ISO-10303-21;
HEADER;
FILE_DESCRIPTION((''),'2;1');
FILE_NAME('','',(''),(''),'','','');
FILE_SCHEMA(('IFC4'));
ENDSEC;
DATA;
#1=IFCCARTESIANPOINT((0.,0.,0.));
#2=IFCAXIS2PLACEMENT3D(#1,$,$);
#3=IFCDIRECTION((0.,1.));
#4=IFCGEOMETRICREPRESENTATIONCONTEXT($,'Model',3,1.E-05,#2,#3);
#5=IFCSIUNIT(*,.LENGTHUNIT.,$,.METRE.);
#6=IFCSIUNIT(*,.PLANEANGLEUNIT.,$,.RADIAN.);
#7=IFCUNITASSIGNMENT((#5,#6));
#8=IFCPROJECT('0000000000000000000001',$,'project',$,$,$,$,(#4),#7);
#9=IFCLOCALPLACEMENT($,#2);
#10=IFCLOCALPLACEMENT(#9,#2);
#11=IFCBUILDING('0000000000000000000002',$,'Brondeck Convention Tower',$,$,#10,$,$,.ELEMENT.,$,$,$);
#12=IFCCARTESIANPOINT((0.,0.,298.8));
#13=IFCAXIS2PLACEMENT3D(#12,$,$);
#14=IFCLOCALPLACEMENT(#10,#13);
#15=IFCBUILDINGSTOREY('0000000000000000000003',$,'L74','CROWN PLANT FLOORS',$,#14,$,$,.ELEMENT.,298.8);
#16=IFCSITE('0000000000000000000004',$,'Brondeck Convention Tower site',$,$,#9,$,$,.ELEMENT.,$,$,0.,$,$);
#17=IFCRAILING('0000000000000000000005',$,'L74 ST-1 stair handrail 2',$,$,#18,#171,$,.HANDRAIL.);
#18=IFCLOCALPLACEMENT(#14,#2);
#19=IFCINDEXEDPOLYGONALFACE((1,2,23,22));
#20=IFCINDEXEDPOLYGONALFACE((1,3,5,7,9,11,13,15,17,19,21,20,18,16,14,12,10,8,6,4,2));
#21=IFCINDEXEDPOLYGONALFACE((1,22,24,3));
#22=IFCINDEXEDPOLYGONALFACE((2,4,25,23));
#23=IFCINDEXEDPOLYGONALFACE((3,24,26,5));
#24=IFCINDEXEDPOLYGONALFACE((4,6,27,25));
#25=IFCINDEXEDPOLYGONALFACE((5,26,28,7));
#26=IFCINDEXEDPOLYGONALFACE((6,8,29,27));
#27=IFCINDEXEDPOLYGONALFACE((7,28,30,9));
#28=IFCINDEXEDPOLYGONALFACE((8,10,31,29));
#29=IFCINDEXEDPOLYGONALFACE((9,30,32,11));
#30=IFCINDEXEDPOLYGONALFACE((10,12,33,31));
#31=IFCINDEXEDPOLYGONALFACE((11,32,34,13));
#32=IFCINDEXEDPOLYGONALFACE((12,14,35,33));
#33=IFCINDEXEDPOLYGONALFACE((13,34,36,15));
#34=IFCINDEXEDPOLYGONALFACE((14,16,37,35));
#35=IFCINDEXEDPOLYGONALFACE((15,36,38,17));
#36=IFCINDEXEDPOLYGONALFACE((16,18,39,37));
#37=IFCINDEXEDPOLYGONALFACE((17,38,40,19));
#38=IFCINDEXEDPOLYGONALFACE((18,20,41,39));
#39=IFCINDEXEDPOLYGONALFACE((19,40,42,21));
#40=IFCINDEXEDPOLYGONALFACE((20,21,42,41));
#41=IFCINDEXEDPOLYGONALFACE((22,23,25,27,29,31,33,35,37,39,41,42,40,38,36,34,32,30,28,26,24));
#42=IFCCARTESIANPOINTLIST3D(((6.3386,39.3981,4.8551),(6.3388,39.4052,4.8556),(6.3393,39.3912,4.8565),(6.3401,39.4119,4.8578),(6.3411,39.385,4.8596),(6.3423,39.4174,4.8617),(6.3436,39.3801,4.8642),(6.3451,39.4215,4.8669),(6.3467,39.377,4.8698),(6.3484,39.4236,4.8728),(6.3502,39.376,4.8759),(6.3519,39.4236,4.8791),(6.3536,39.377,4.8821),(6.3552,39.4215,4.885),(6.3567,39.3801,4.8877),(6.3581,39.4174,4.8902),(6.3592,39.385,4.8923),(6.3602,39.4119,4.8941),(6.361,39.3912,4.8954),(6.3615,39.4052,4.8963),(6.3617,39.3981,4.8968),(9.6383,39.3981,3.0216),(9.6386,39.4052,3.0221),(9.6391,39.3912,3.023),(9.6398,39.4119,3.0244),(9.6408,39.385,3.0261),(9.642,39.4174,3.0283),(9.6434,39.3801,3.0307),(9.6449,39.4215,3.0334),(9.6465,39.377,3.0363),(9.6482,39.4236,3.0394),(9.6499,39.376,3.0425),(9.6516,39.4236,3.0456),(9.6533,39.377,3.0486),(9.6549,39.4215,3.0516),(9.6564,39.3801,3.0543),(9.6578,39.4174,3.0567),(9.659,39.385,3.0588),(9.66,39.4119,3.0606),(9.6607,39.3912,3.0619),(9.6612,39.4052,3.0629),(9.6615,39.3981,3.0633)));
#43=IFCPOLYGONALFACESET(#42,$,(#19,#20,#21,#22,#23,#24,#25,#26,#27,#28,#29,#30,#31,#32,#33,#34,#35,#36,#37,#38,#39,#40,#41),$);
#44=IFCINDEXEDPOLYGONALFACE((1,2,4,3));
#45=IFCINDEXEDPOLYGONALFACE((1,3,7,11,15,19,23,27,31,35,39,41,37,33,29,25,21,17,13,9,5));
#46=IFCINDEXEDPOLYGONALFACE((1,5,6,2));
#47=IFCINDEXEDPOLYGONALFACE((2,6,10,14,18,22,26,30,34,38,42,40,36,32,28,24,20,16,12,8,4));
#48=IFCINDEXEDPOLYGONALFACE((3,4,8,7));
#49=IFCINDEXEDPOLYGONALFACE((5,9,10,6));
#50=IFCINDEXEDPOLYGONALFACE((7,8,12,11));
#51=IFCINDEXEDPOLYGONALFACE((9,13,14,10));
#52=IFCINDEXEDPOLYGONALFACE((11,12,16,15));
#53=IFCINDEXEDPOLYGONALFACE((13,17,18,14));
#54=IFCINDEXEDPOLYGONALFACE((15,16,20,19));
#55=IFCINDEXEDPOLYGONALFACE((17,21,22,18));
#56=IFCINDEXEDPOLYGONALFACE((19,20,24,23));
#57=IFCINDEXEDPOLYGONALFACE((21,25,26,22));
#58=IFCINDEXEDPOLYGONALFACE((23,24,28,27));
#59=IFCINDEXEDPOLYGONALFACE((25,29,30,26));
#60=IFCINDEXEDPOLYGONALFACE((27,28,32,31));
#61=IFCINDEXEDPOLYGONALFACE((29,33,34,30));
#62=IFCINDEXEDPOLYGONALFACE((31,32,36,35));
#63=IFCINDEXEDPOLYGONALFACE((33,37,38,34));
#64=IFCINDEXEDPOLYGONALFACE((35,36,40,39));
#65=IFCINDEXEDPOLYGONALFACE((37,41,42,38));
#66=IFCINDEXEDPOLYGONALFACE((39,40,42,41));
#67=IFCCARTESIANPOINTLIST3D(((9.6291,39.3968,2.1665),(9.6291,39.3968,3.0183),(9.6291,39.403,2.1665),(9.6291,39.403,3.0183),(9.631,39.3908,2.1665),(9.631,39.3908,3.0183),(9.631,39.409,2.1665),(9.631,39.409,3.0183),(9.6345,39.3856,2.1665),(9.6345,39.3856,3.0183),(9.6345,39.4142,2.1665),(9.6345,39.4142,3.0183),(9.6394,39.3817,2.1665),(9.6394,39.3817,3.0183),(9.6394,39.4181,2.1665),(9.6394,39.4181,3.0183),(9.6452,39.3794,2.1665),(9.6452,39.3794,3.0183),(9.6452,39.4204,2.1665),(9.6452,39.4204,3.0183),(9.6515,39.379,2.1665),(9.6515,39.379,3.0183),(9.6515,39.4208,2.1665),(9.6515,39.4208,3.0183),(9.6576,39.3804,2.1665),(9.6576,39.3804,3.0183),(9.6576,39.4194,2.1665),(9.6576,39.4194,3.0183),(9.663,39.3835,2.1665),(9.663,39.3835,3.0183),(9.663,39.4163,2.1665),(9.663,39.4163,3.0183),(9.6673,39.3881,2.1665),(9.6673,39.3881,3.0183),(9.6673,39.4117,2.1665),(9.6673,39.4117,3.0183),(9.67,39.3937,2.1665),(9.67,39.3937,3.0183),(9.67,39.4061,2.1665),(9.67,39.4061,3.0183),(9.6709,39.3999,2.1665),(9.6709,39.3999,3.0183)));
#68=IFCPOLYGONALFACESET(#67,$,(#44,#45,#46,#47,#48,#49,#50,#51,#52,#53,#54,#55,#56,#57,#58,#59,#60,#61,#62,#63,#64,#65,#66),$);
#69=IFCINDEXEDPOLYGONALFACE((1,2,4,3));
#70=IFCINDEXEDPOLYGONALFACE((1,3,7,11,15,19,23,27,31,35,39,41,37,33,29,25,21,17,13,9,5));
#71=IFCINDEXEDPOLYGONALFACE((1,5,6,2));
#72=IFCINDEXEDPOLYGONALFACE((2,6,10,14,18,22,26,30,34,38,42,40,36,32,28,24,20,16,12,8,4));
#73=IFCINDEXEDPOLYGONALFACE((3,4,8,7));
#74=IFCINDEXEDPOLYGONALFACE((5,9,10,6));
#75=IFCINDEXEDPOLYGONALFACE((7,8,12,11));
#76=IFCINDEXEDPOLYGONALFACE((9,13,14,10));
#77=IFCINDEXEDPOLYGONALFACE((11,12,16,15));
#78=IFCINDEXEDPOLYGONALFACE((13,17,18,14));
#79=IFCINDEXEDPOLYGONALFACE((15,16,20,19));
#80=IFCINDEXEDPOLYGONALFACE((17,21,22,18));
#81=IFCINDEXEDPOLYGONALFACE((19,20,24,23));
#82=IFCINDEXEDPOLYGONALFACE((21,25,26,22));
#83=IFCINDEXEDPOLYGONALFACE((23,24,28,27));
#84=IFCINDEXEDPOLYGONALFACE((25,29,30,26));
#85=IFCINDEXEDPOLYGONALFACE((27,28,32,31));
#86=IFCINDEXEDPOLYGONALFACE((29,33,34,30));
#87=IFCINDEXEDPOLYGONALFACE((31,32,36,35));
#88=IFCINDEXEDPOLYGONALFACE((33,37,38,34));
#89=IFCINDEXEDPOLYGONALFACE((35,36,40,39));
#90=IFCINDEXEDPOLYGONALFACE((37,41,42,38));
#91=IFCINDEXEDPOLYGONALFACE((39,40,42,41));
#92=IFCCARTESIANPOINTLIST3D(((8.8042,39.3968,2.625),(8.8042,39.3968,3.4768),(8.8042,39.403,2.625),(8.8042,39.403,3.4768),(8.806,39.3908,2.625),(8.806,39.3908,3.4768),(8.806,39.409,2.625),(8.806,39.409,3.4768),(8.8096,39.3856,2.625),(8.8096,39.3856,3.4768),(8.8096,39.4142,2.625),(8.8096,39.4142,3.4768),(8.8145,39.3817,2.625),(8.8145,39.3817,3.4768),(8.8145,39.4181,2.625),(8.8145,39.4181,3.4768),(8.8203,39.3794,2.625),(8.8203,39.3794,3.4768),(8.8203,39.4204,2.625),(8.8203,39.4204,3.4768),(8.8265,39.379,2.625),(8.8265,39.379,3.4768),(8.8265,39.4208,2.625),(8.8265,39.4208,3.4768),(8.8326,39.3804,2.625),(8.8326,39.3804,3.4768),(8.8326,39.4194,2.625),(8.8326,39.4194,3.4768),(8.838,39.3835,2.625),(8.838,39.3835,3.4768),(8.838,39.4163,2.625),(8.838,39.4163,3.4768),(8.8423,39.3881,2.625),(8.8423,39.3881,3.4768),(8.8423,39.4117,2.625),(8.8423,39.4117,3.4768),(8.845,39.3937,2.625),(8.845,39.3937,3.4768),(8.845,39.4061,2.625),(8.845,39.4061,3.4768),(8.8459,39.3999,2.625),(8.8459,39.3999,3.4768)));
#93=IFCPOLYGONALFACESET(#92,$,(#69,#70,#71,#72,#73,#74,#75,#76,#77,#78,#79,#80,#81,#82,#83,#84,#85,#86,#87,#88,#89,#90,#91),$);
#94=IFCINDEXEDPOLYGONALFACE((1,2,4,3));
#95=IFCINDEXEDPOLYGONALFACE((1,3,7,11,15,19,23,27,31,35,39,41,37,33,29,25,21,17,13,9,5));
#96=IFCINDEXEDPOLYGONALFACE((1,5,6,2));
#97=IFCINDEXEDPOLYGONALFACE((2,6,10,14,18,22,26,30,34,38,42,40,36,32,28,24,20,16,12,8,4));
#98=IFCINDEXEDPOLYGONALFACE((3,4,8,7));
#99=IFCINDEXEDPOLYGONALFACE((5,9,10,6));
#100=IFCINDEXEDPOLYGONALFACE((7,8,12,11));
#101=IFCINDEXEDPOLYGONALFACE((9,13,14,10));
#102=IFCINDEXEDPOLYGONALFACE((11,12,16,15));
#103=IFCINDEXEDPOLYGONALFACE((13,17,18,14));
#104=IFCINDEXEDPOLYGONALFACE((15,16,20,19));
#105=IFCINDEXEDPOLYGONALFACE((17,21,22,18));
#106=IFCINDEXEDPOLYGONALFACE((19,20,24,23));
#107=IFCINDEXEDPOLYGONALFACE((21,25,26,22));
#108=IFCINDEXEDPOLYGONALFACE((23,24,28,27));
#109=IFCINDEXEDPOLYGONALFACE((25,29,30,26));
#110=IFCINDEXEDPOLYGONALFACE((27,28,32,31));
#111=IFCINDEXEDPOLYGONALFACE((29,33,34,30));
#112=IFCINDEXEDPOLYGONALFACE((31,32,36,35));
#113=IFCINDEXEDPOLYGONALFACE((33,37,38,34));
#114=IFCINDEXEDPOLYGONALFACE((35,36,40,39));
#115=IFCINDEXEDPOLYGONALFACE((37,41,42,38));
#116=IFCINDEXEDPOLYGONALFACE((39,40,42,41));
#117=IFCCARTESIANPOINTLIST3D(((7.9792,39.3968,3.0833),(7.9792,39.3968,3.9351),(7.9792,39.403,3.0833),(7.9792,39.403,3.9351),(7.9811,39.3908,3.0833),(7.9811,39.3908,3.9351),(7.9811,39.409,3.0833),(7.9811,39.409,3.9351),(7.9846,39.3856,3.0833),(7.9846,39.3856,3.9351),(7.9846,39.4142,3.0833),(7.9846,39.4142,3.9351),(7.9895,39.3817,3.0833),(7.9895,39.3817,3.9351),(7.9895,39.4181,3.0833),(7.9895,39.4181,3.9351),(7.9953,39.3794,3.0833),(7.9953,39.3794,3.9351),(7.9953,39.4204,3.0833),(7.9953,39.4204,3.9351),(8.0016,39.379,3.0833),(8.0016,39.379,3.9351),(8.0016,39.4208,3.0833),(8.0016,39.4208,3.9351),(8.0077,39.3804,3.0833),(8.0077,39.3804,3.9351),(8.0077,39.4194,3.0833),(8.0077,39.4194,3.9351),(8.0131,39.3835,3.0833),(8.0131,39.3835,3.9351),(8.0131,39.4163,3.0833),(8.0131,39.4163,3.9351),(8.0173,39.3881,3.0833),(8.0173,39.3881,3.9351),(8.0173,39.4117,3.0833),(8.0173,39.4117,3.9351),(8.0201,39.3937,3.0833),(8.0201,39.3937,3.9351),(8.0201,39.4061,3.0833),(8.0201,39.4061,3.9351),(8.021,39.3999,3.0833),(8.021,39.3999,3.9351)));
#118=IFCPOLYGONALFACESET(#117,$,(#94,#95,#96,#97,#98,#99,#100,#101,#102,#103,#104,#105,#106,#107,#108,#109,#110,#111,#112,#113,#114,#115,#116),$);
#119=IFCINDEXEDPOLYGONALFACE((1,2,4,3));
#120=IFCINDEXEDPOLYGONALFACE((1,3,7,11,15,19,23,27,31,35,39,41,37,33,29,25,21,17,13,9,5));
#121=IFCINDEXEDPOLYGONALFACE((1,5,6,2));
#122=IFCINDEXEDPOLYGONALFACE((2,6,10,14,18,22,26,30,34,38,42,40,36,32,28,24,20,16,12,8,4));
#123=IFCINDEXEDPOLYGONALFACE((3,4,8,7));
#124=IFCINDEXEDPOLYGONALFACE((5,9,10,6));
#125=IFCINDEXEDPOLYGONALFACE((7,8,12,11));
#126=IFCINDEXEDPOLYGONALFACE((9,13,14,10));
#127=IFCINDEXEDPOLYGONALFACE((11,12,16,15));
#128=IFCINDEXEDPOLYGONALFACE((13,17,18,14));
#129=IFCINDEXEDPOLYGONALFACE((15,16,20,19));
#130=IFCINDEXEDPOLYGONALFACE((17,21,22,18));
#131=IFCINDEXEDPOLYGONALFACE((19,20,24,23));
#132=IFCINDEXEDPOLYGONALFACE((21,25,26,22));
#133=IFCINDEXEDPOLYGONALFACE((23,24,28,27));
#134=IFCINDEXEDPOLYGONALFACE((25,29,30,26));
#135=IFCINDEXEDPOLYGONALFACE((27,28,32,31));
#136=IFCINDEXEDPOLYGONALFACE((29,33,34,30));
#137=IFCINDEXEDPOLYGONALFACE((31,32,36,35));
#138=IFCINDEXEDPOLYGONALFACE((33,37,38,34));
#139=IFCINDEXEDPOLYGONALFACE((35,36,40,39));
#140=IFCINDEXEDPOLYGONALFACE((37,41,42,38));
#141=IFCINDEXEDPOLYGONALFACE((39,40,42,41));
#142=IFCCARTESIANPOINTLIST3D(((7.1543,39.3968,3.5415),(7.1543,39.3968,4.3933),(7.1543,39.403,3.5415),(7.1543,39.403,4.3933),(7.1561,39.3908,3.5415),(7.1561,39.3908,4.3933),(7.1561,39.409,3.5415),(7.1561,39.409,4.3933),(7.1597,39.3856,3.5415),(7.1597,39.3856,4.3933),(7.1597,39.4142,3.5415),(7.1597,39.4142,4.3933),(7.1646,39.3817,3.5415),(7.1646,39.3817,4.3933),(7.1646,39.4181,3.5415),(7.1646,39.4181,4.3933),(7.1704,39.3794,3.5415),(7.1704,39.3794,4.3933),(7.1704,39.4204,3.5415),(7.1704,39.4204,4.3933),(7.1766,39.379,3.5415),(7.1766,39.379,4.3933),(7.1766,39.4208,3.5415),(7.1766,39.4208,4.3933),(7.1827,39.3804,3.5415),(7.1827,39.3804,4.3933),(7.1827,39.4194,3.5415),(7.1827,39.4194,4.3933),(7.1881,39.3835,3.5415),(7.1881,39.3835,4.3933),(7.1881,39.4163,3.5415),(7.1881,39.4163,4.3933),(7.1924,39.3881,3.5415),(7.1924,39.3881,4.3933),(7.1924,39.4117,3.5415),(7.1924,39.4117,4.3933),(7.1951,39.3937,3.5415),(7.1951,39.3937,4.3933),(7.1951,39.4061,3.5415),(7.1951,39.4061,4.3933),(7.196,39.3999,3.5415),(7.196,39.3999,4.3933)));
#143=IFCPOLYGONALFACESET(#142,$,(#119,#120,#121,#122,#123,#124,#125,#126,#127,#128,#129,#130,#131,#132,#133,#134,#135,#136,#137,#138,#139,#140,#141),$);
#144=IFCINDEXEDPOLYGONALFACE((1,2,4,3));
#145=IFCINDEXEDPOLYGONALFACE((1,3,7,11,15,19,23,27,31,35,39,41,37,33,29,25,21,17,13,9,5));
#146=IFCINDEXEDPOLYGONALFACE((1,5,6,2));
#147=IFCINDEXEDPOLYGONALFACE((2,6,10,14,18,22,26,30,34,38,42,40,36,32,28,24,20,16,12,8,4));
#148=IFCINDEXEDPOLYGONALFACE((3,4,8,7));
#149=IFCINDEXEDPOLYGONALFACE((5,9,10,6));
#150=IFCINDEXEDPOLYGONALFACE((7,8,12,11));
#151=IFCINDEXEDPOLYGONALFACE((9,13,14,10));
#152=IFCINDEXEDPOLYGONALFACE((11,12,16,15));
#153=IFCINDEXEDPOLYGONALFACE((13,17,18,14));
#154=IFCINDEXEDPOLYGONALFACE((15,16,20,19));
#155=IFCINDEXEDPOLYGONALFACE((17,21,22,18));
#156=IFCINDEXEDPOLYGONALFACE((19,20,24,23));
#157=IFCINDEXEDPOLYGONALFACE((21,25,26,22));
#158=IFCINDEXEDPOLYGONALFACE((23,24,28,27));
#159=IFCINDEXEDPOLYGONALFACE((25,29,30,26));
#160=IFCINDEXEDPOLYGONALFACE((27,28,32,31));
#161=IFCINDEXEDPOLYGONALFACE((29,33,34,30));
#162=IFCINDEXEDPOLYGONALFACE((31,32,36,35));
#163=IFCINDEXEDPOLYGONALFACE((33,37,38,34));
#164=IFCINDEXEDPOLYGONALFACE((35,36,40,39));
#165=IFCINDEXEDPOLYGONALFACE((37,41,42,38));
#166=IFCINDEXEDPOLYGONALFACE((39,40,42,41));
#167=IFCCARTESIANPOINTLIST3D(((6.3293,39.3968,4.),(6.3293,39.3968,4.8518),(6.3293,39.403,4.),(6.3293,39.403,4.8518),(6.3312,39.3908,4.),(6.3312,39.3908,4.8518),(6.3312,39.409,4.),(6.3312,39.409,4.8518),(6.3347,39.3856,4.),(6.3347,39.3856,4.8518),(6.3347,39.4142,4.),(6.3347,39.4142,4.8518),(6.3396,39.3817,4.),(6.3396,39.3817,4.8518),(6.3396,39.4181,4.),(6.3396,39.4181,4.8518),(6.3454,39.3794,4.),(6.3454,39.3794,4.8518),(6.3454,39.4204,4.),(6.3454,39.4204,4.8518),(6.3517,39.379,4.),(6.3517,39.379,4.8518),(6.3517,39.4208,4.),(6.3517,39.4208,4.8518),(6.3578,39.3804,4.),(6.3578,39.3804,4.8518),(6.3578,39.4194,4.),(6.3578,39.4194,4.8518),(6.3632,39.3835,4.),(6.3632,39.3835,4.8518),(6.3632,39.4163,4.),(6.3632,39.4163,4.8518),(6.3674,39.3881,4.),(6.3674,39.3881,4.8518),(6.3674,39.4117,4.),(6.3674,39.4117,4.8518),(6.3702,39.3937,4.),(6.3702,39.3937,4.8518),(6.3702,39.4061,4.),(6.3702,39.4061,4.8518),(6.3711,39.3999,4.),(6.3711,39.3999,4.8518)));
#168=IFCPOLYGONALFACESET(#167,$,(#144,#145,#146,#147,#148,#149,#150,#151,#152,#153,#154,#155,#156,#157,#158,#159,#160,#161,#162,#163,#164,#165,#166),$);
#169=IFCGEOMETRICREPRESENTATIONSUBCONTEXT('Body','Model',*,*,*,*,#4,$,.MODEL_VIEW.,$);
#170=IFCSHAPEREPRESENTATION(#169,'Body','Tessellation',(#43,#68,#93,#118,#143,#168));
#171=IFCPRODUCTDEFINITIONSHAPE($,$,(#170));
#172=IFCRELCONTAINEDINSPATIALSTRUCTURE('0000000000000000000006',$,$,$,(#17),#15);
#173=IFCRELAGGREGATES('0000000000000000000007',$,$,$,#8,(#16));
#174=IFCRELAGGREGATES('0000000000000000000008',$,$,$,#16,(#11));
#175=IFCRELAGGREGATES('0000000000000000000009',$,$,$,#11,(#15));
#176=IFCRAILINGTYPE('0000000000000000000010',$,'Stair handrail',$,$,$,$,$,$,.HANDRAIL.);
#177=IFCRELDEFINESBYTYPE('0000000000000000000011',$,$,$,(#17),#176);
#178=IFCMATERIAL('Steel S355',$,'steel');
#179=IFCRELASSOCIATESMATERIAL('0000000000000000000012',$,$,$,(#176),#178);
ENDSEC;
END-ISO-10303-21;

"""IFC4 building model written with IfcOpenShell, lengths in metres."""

from ifc_helpers import new_model, si_unit, direction, frame, origin, origin_2d, place, context, subcontext, project, spatial, circle, extrude, material, type_object, element, save


model = new_model("IFC4")

# Units and contexts
model_context = context("Model", 3, precision=1e-05, world=origin(), true_north=direction((0.0, 1.0)))
body_context = subcontext(model_context, "Body", "Model", "MODEL_VIEW")
ifc_project = project(units=[si_unit("LENGTHUNIT", "METRE"), si_unit("PLANEANGLEUNIT", "RADIAN")], contexts=[model_context])

# Site, building, storey
site_placement = place(None, origin())
site = spatial("IfcSite", under=ifc_project, at=site_placement, Name="Brondeck Convention Tower site", CompositionType="ELEMENT", RefElevation=0.0)
building_placement = place(site_placement, origin())
building = spatial("IfcBuilding", under=site, at=building_placement, Name="Brondeck Convention Tower", CompositionType="ELEMENT")
storey_placement = place(building_placement, frame((0.0, 0.0, 298.8)))
storey = spatial("IfcBuildingStorey", under=building, at=storey_placement, Name="L74", Description="CROWN PLANT FLOORS", CompositionType="ELEMENT", Elevation=298.8)

# Railing
ifc_material_1 = material(Name="Steel S355", Category="steel")
railing_type_1 = type_object("IfcRailingType", Name="Stair handrail", PredefinedType="HANDRAIL", material=ifc_material_1)
railing_1_placement = place(storey_placement, frame((9.6499, 39.3999, 2.1665)))
element("IfcRailing", 1, at=railing_1_placement, inside=storey, type_object=railing_type_1, Name="L74 ST-1 stair handrail 2", PredefinedType="HANDRAIL", context=body_context, shape_type="SweptSolid", body=[
    extrude(circle(Radius=0.0239, at=origin_2d()), frame((0.0, 0.0, 0.876), z_axis=(-0.874127, 0.0, 0.485698), x_axis=(0.0, -1.0, 0.0)), (0.0, 0.0, 1.0), 3.7749),
    extrude(circle(Radius=0.021, at=origin_2d()), origin(), (0.0, 0.0, 1.0), 0.8518),
    extrude(circle(Radius=0.021, at=origin_2d()), frame((-0.825, 0.0, 0.4585)), (0.0, 0.0, 1.0), 0.8518),
    extrude(circle(Radius=0.021, at=origin_2d()), frame((-1.6499, 0.0, 0.9167)), (0.0, 0.0, 1.0), 0.8518),
    extrude(circle(Radius=0.021, at=origin_2d()), frame((-2.4749, 0.0, 1.375)), (0.0, 0.0, 1.0), 0.8518),
    extrude(circle(Radius=0.021, at=origin_2d()), frame((-3.2998, 0.0, 1.8335)), (0.0, 0.0, 1.0), 0.8518),
])

save(model, "model.ifc")
